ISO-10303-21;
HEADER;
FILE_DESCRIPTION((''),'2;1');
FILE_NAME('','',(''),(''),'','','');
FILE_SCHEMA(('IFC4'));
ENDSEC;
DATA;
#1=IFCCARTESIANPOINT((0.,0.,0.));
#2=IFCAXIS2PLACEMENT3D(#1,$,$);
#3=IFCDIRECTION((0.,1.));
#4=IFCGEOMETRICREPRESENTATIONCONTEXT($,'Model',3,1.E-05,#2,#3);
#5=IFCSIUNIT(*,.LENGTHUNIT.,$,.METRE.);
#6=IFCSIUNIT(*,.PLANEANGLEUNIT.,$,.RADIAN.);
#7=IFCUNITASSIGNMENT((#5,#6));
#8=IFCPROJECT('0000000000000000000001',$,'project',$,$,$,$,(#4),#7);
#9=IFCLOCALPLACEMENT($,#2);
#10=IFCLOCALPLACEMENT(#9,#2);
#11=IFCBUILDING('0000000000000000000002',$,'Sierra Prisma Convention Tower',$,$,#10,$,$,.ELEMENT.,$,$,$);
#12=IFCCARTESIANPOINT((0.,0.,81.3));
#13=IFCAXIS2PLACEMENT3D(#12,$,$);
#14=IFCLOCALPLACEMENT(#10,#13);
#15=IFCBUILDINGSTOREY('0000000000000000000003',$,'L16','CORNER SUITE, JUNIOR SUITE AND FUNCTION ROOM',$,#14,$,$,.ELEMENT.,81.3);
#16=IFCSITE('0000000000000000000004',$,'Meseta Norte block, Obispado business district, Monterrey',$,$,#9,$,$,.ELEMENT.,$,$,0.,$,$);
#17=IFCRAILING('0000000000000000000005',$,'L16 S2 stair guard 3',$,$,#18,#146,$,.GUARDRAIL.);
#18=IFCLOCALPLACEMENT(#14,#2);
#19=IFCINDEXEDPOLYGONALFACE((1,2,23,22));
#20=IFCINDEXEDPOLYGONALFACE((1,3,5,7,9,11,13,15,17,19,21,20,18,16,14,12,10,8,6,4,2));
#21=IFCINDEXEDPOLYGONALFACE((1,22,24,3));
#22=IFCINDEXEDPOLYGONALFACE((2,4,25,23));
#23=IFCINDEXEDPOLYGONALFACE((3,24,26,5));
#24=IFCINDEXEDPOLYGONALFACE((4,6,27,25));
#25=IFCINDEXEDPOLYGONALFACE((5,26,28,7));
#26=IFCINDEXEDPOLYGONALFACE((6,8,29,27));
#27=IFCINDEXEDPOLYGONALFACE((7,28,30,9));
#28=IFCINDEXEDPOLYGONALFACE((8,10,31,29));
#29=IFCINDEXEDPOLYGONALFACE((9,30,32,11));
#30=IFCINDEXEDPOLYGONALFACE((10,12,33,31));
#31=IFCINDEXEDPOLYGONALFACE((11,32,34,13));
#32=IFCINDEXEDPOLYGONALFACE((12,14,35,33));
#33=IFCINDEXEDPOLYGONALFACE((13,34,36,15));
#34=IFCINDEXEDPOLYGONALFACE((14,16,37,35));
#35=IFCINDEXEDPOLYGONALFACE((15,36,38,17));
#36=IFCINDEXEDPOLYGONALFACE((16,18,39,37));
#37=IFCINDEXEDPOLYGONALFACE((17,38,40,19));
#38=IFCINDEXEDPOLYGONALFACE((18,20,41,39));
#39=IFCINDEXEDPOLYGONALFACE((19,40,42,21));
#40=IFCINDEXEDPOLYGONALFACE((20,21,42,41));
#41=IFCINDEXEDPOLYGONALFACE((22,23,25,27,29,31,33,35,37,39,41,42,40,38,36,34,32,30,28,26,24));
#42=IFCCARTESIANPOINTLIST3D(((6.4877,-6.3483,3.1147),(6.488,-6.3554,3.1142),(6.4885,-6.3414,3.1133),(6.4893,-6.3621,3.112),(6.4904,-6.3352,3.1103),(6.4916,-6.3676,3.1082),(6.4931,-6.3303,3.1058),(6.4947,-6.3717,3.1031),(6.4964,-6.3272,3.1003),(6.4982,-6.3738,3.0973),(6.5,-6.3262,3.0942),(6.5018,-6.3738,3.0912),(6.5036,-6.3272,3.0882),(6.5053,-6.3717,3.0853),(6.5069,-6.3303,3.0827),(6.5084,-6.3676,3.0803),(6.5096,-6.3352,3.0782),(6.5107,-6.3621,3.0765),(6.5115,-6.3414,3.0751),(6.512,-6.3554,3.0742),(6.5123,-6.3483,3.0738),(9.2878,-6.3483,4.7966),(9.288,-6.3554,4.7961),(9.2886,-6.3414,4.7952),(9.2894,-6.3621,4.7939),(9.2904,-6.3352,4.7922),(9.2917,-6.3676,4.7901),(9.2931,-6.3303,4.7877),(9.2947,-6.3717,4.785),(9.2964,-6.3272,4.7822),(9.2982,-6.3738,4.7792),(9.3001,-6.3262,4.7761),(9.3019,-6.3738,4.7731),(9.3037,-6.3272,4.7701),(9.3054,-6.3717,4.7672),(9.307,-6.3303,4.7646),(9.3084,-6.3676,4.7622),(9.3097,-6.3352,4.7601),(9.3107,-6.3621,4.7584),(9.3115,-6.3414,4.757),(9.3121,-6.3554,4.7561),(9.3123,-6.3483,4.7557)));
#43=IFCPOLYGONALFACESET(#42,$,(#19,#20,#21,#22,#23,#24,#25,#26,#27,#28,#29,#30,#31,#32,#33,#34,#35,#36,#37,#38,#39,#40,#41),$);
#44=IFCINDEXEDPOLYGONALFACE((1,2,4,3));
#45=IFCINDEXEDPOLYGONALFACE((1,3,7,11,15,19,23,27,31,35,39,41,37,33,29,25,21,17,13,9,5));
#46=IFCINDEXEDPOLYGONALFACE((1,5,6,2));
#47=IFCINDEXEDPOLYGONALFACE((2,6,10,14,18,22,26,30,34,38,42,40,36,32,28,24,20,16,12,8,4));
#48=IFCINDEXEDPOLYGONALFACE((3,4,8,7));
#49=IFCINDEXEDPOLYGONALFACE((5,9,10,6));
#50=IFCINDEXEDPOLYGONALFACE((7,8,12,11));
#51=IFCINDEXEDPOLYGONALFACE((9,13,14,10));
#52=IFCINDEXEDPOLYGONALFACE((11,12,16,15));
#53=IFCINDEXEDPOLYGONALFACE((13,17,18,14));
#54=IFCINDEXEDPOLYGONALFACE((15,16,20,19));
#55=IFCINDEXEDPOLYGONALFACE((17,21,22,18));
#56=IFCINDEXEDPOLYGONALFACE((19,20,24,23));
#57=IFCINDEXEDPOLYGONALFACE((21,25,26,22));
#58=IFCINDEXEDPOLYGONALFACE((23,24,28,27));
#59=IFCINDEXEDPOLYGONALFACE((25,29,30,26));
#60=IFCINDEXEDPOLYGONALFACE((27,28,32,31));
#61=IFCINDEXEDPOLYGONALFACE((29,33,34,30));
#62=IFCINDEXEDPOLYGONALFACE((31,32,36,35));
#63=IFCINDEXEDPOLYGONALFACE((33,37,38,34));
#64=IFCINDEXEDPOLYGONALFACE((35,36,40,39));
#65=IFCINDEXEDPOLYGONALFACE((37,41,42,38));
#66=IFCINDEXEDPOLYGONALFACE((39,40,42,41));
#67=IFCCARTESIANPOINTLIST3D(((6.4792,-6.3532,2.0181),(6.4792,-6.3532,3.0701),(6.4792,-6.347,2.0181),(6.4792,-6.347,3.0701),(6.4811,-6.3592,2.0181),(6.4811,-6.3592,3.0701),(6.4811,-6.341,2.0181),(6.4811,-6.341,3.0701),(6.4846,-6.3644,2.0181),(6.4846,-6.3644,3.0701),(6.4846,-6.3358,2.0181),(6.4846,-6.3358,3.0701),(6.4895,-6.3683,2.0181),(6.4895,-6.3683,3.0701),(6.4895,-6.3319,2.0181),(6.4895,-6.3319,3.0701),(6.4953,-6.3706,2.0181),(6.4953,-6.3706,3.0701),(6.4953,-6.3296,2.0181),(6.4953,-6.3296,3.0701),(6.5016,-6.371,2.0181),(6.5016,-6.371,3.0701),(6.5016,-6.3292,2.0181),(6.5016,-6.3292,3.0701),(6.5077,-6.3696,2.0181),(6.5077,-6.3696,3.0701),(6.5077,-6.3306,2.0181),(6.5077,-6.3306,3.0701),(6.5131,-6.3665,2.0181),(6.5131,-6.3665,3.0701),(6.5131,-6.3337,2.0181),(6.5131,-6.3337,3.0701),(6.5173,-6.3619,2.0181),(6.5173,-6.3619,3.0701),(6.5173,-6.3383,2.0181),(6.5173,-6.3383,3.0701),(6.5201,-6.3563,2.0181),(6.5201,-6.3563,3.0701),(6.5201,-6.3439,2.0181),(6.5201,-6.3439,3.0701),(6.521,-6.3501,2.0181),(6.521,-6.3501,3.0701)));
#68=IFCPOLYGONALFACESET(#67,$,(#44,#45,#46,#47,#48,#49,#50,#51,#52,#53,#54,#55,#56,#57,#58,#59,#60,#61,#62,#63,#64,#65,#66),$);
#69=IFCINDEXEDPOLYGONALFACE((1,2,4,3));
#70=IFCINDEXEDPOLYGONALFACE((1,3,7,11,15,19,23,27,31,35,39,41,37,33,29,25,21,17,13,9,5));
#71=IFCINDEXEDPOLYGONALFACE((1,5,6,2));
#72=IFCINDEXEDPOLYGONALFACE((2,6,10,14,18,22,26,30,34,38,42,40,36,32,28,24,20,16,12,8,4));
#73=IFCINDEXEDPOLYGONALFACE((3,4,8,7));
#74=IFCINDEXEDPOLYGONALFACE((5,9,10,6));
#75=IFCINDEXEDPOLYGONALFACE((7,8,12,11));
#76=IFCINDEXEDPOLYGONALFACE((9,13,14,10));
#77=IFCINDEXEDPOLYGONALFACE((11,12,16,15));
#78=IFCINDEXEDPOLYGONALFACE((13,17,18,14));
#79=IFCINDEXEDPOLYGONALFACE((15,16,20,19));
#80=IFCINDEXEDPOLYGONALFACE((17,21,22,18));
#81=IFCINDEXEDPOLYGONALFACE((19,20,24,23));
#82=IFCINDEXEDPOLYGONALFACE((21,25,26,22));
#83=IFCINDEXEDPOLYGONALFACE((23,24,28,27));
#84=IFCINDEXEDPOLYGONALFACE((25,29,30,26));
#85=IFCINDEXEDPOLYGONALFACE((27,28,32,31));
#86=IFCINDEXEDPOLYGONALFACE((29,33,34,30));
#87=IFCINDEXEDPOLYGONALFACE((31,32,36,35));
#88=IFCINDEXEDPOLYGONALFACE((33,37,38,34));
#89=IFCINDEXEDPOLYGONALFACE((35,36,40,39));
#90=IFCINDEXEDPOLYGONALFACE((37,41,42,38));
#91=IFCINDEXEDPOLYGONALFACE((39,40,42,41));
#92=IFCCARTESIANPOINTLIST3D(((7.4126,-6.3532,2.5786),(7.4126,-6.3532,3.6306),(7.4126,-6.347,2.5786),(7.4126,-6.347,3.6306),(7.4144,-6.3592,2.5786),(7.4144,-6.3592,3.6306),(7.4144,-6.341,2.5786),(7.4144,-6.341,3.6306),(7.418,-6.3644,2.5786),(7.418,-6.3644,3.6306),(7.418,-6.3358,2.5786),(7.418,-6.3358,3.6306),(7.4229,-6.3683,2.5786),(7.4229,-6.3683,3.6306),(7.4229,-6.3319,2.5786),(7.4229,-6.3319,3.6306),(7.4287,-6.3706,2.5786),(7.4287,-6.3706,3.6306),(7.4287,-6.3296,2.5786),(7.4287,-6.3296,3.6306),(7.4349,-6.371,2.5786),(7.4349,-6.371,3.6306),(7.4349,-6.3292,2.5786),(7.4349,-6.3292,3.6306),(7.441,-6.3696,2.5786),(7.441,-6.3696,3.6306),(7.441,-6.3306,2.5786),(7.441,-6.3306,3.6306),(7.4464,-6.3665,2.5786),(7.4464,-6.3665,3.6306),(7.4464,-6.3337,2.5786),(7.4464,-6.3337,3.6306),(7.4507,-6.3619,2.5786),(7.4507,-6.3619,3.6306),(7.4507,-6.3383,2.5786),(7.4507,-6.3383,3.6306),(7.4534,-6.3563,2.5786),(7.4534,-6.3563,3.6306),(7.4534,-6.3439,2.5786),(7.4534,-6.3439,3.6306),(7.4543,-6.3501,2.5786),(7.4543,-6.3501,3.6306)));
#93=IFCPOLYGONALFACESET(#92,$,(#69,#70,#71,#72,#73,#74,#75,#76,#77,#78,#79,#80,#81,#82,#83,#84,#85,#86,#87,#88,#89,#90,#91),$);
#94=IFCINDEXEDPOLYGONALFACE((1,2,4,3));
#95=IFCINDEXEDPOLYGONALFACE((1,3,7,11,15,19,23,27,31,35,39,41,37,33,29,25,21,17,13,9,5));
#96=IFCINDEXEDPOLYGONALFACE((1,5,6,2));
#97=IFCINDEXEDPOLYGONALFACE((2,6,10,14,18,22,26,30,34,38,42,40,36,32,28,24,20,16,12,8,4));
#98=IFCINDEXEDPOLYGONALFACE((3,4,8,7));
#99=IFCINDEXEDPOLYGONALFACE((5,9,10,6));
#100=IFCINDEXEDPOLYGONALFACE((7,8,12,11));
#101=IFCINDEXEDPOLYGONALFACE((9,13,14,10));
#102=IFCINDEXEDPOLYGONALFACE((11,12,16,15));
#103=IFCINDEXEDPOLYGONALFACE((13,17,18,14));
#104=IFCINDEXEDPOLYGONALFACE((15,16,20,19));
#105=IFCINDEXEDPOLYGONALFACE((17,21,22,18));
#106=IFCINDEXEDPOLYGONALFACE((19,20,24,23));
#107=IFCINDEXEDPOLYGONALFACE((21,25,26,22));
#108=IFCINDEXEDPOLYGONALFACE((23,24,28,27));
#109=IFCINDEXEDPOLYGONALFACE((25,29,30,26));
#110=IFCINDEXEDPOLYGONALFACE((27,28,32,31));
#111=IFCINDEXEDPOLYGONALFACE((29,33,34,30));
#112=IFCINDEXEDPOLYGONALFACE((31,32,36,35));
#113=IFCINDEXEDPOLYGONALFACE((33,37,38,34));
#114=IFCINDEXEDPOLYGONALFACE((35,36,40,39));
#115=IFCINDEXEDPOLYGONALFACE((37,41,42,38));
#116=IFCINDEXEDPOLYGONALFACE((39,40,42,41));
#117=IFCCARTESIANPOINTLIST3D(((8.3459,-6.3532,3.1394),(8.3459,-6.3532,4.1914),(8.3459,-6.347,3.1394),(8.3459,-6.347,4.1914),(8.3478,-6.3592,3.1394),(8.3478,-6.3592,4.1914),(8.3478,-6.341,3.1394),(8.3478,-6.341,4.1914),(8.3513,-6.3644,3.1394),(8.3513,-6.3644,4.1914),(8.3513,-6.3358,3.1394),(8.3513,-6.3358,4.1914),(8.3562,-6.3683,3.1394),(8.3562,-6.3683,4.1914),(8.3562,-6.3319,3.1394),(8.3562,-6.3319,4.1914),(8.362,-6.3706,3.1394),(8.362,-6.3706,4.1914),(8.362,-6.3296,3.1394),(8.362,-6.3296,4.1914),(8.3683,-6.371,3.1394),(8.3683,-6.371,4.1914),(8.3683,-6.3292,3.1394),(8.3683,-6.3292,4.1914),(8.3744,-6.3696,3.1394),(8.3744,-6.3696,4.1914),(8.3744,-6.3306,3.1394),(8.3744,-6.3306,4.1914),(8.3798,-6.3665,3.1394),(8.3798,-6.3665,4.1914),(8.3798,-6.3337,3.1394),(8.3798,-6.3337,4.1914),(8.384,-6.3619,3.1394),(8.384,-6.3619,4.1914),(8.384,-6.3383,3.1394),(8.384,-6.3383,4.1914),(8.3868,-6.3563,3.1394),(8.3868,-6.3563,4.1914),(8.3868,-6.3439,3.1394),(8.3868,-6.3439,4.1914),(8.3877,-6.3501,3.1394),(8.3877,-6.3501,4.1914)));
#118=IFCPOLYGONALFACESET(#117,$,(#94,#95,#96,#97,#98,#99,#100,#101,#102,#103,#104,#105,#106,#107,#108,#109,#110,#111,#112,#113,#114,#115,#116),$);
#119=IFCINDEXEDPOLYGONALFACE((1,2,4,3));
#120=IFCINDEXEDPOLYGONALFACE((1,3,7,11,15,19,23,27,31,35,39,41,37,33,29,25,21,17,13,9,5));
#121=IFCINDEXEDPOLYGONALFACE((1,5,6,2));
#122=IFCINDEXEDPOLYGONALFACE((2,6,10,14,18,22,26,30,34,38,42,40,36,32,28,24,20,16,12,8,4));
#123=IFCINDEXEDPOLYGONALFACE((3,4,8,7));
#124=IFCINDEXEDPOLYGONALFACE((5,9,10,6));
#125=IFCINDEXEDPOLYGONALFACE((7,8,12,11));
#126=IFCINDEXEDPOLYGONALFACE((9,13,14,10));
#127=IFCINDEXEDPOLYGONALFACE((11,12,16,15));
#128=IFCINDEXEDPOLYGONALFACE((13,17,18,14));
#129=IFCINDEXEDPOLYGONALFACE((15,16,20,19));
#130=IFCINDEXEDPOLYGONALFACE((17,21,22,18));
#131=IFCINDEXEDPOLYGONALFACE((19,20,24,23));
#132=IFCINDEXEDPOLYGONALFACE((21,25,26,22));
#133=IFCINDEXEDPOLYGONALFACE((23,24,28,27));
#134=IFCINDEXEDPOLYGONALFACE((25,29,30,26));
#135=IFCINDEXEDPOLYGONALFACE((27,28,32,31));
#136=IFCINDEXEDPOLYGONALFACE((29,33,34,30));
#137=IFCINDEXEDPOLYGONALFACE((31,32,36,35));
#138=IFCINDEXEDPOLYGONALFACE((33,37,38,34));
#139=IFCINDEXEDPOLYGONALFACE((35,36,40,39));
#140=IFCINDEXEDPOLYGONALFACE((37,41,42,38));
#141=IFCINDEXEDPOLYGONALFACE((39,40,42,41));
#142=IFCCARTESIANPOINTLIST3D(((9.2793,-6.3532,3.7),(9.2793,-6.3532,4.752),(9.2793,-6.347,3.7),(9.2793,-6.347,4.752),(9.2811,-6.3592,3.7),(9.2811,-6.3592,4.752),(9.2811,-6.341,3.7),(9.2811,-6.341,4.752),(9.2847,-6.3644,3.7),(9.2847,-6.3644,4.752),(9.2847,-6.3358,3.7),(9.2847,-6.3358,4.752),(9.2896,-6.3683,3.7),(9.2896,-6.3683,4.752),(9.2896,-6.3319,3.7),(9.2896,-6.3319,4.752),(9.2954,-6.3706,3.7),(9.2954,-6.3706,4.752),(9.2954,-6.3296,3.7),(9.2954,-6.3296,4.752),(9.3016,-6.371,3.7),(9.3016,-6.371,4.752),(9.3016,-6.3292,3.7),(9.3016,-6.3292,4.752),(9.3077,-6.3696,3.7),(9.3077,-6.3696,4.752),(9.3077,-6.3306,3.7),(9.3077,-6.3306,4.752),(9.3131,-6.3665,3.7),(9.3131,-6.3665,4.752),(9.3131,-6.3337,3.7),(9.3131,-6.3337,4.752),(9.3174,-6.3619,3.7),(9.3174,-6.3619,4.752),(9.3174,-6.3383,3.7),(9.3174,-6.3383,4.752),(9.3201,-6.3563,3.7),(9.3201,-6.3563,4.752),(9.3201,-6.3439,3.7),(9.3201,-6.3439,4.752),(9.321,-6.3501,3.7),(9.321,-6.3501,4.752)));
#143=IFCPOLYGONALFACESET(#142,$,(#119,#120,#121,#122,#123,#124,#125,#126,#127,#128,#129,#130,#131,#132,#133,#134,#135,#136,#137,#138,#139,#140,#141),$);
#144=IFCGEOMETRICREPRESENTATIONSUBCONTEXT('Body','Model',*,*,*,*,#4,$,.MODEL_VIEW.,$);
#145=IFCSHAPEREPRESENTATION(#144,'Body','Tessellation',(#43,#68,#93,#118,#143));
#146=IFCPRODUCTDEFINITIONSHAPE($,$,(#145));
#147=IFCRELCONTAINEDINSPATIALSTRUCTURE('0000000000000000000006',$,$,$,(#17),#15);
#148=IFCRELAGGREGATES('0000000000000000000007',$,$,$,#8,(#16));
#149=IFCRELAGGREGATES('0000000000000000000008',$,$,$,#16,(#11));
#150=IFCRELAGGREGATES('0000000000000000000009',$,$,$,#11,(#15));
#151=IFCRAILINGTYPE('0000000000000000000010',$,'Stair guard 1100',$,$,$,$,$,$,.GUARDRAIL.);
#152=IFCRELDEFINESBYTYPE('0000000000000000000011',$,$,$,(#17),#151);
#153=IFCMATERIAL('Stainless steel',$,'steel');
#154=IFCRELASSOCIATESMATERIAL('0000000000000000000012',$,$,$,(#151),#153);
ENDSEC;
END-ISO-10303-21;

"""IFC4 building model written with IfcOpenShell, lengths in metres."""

from ifc_helpers import new_model, si_unit, direction, frame, origin, origin_2d, place, context, subcontext, project, spatial, circle, extrude, material, type_object, element, save


model = new_model("IFC4")

# Units and contexts
model_context = context("Model", 3, precision=1e-05, world=origin(), true_north=direction((0.0, 1.0)))
body_context = subcontext(model_context, "Body", "Model", "MODEL_VIEW")
ifc_project = project(units=[si_unit("LENGTHUNIT", "METRE"), si_unit("PLANEANGLEUNIT", "RADIAN")], contexts=[model_context])

# Site, building, storey
site_placement = place(None, origin())
site = spatial("IfcSite", under=ifc_project, at=site_placement, Name="Meseta Norte block, Obispado business district, Monterrey", CompositionType="ELEMENT", RefElevation=0.0)
building_placement = place(site_placement, origin())
building = spatial("IfcBuilding", under=site, at=building_placement, Name="Sierra Prisma Convention Tower", CompositionType="ELEMENT")
storey_placement = place(building_placement, frame((0.0, 0.0, 81.3)))
storey = spatial("IfcBuildingStorey", under=building, at=storey_placement, Name="L16", Description="CORNER SUITE, JUNIOR SUITE AND FUNCTION ROOM", CompositionType="ELEMENT", Elevation=81.3)

# Railing
ifc_material_1 = material(Name="Stainless steel", Category="steel")
railing_type_1 = type_object("IfcRailingType", Name="Stair guard 1100", PredefinedType="GUARDRAIL", material=ifc_material_1)
railing_1_placement = place(storey_placement, frame((6.5, -6.3501, 2.0181)))
element("IfcRailing", 1, at=railing_1_placement, inside=storey, type_object=railing_type_1, Name="L16 S2 stair guard 3", PredefinedType="GUARDRAIL", context=body_context, shape_type="SweptSolid", body=[
    extrude(circle(Radius=0.0239, at=origin_2d()), frame((0.0, 0.0, 1.0762), z_axis=(0.857242, 0.0, 0.514913), x_axis=(0.0, 1.0, 0.0)), (0.0, 0.0, 1.0), 3.2664),
    extrude(circle(Radius=0.021, at=origin_2d()), origin(), (0.0, 0.0, 1.0), 1.052),
    extrude(circle(Radius=0.021, at=origin_2d()), frame((0.9333, 0.0, 0.5605)), (0.0, 0.0, 1.0), 1.052),
    extrude(circle(Radius=0.021, at=origin_2d()), frame((1.8667, 0.0, 1.1213)), (0.0, 0.0, 1.0), 1.052),
    extrude(circle(Radius=0.021, at=origin_2d()), frame((2.8, 0.0, 1.6819)), (0.0, 0.0, 1.0), 1.052),
])

save(model, "model.ifc")
